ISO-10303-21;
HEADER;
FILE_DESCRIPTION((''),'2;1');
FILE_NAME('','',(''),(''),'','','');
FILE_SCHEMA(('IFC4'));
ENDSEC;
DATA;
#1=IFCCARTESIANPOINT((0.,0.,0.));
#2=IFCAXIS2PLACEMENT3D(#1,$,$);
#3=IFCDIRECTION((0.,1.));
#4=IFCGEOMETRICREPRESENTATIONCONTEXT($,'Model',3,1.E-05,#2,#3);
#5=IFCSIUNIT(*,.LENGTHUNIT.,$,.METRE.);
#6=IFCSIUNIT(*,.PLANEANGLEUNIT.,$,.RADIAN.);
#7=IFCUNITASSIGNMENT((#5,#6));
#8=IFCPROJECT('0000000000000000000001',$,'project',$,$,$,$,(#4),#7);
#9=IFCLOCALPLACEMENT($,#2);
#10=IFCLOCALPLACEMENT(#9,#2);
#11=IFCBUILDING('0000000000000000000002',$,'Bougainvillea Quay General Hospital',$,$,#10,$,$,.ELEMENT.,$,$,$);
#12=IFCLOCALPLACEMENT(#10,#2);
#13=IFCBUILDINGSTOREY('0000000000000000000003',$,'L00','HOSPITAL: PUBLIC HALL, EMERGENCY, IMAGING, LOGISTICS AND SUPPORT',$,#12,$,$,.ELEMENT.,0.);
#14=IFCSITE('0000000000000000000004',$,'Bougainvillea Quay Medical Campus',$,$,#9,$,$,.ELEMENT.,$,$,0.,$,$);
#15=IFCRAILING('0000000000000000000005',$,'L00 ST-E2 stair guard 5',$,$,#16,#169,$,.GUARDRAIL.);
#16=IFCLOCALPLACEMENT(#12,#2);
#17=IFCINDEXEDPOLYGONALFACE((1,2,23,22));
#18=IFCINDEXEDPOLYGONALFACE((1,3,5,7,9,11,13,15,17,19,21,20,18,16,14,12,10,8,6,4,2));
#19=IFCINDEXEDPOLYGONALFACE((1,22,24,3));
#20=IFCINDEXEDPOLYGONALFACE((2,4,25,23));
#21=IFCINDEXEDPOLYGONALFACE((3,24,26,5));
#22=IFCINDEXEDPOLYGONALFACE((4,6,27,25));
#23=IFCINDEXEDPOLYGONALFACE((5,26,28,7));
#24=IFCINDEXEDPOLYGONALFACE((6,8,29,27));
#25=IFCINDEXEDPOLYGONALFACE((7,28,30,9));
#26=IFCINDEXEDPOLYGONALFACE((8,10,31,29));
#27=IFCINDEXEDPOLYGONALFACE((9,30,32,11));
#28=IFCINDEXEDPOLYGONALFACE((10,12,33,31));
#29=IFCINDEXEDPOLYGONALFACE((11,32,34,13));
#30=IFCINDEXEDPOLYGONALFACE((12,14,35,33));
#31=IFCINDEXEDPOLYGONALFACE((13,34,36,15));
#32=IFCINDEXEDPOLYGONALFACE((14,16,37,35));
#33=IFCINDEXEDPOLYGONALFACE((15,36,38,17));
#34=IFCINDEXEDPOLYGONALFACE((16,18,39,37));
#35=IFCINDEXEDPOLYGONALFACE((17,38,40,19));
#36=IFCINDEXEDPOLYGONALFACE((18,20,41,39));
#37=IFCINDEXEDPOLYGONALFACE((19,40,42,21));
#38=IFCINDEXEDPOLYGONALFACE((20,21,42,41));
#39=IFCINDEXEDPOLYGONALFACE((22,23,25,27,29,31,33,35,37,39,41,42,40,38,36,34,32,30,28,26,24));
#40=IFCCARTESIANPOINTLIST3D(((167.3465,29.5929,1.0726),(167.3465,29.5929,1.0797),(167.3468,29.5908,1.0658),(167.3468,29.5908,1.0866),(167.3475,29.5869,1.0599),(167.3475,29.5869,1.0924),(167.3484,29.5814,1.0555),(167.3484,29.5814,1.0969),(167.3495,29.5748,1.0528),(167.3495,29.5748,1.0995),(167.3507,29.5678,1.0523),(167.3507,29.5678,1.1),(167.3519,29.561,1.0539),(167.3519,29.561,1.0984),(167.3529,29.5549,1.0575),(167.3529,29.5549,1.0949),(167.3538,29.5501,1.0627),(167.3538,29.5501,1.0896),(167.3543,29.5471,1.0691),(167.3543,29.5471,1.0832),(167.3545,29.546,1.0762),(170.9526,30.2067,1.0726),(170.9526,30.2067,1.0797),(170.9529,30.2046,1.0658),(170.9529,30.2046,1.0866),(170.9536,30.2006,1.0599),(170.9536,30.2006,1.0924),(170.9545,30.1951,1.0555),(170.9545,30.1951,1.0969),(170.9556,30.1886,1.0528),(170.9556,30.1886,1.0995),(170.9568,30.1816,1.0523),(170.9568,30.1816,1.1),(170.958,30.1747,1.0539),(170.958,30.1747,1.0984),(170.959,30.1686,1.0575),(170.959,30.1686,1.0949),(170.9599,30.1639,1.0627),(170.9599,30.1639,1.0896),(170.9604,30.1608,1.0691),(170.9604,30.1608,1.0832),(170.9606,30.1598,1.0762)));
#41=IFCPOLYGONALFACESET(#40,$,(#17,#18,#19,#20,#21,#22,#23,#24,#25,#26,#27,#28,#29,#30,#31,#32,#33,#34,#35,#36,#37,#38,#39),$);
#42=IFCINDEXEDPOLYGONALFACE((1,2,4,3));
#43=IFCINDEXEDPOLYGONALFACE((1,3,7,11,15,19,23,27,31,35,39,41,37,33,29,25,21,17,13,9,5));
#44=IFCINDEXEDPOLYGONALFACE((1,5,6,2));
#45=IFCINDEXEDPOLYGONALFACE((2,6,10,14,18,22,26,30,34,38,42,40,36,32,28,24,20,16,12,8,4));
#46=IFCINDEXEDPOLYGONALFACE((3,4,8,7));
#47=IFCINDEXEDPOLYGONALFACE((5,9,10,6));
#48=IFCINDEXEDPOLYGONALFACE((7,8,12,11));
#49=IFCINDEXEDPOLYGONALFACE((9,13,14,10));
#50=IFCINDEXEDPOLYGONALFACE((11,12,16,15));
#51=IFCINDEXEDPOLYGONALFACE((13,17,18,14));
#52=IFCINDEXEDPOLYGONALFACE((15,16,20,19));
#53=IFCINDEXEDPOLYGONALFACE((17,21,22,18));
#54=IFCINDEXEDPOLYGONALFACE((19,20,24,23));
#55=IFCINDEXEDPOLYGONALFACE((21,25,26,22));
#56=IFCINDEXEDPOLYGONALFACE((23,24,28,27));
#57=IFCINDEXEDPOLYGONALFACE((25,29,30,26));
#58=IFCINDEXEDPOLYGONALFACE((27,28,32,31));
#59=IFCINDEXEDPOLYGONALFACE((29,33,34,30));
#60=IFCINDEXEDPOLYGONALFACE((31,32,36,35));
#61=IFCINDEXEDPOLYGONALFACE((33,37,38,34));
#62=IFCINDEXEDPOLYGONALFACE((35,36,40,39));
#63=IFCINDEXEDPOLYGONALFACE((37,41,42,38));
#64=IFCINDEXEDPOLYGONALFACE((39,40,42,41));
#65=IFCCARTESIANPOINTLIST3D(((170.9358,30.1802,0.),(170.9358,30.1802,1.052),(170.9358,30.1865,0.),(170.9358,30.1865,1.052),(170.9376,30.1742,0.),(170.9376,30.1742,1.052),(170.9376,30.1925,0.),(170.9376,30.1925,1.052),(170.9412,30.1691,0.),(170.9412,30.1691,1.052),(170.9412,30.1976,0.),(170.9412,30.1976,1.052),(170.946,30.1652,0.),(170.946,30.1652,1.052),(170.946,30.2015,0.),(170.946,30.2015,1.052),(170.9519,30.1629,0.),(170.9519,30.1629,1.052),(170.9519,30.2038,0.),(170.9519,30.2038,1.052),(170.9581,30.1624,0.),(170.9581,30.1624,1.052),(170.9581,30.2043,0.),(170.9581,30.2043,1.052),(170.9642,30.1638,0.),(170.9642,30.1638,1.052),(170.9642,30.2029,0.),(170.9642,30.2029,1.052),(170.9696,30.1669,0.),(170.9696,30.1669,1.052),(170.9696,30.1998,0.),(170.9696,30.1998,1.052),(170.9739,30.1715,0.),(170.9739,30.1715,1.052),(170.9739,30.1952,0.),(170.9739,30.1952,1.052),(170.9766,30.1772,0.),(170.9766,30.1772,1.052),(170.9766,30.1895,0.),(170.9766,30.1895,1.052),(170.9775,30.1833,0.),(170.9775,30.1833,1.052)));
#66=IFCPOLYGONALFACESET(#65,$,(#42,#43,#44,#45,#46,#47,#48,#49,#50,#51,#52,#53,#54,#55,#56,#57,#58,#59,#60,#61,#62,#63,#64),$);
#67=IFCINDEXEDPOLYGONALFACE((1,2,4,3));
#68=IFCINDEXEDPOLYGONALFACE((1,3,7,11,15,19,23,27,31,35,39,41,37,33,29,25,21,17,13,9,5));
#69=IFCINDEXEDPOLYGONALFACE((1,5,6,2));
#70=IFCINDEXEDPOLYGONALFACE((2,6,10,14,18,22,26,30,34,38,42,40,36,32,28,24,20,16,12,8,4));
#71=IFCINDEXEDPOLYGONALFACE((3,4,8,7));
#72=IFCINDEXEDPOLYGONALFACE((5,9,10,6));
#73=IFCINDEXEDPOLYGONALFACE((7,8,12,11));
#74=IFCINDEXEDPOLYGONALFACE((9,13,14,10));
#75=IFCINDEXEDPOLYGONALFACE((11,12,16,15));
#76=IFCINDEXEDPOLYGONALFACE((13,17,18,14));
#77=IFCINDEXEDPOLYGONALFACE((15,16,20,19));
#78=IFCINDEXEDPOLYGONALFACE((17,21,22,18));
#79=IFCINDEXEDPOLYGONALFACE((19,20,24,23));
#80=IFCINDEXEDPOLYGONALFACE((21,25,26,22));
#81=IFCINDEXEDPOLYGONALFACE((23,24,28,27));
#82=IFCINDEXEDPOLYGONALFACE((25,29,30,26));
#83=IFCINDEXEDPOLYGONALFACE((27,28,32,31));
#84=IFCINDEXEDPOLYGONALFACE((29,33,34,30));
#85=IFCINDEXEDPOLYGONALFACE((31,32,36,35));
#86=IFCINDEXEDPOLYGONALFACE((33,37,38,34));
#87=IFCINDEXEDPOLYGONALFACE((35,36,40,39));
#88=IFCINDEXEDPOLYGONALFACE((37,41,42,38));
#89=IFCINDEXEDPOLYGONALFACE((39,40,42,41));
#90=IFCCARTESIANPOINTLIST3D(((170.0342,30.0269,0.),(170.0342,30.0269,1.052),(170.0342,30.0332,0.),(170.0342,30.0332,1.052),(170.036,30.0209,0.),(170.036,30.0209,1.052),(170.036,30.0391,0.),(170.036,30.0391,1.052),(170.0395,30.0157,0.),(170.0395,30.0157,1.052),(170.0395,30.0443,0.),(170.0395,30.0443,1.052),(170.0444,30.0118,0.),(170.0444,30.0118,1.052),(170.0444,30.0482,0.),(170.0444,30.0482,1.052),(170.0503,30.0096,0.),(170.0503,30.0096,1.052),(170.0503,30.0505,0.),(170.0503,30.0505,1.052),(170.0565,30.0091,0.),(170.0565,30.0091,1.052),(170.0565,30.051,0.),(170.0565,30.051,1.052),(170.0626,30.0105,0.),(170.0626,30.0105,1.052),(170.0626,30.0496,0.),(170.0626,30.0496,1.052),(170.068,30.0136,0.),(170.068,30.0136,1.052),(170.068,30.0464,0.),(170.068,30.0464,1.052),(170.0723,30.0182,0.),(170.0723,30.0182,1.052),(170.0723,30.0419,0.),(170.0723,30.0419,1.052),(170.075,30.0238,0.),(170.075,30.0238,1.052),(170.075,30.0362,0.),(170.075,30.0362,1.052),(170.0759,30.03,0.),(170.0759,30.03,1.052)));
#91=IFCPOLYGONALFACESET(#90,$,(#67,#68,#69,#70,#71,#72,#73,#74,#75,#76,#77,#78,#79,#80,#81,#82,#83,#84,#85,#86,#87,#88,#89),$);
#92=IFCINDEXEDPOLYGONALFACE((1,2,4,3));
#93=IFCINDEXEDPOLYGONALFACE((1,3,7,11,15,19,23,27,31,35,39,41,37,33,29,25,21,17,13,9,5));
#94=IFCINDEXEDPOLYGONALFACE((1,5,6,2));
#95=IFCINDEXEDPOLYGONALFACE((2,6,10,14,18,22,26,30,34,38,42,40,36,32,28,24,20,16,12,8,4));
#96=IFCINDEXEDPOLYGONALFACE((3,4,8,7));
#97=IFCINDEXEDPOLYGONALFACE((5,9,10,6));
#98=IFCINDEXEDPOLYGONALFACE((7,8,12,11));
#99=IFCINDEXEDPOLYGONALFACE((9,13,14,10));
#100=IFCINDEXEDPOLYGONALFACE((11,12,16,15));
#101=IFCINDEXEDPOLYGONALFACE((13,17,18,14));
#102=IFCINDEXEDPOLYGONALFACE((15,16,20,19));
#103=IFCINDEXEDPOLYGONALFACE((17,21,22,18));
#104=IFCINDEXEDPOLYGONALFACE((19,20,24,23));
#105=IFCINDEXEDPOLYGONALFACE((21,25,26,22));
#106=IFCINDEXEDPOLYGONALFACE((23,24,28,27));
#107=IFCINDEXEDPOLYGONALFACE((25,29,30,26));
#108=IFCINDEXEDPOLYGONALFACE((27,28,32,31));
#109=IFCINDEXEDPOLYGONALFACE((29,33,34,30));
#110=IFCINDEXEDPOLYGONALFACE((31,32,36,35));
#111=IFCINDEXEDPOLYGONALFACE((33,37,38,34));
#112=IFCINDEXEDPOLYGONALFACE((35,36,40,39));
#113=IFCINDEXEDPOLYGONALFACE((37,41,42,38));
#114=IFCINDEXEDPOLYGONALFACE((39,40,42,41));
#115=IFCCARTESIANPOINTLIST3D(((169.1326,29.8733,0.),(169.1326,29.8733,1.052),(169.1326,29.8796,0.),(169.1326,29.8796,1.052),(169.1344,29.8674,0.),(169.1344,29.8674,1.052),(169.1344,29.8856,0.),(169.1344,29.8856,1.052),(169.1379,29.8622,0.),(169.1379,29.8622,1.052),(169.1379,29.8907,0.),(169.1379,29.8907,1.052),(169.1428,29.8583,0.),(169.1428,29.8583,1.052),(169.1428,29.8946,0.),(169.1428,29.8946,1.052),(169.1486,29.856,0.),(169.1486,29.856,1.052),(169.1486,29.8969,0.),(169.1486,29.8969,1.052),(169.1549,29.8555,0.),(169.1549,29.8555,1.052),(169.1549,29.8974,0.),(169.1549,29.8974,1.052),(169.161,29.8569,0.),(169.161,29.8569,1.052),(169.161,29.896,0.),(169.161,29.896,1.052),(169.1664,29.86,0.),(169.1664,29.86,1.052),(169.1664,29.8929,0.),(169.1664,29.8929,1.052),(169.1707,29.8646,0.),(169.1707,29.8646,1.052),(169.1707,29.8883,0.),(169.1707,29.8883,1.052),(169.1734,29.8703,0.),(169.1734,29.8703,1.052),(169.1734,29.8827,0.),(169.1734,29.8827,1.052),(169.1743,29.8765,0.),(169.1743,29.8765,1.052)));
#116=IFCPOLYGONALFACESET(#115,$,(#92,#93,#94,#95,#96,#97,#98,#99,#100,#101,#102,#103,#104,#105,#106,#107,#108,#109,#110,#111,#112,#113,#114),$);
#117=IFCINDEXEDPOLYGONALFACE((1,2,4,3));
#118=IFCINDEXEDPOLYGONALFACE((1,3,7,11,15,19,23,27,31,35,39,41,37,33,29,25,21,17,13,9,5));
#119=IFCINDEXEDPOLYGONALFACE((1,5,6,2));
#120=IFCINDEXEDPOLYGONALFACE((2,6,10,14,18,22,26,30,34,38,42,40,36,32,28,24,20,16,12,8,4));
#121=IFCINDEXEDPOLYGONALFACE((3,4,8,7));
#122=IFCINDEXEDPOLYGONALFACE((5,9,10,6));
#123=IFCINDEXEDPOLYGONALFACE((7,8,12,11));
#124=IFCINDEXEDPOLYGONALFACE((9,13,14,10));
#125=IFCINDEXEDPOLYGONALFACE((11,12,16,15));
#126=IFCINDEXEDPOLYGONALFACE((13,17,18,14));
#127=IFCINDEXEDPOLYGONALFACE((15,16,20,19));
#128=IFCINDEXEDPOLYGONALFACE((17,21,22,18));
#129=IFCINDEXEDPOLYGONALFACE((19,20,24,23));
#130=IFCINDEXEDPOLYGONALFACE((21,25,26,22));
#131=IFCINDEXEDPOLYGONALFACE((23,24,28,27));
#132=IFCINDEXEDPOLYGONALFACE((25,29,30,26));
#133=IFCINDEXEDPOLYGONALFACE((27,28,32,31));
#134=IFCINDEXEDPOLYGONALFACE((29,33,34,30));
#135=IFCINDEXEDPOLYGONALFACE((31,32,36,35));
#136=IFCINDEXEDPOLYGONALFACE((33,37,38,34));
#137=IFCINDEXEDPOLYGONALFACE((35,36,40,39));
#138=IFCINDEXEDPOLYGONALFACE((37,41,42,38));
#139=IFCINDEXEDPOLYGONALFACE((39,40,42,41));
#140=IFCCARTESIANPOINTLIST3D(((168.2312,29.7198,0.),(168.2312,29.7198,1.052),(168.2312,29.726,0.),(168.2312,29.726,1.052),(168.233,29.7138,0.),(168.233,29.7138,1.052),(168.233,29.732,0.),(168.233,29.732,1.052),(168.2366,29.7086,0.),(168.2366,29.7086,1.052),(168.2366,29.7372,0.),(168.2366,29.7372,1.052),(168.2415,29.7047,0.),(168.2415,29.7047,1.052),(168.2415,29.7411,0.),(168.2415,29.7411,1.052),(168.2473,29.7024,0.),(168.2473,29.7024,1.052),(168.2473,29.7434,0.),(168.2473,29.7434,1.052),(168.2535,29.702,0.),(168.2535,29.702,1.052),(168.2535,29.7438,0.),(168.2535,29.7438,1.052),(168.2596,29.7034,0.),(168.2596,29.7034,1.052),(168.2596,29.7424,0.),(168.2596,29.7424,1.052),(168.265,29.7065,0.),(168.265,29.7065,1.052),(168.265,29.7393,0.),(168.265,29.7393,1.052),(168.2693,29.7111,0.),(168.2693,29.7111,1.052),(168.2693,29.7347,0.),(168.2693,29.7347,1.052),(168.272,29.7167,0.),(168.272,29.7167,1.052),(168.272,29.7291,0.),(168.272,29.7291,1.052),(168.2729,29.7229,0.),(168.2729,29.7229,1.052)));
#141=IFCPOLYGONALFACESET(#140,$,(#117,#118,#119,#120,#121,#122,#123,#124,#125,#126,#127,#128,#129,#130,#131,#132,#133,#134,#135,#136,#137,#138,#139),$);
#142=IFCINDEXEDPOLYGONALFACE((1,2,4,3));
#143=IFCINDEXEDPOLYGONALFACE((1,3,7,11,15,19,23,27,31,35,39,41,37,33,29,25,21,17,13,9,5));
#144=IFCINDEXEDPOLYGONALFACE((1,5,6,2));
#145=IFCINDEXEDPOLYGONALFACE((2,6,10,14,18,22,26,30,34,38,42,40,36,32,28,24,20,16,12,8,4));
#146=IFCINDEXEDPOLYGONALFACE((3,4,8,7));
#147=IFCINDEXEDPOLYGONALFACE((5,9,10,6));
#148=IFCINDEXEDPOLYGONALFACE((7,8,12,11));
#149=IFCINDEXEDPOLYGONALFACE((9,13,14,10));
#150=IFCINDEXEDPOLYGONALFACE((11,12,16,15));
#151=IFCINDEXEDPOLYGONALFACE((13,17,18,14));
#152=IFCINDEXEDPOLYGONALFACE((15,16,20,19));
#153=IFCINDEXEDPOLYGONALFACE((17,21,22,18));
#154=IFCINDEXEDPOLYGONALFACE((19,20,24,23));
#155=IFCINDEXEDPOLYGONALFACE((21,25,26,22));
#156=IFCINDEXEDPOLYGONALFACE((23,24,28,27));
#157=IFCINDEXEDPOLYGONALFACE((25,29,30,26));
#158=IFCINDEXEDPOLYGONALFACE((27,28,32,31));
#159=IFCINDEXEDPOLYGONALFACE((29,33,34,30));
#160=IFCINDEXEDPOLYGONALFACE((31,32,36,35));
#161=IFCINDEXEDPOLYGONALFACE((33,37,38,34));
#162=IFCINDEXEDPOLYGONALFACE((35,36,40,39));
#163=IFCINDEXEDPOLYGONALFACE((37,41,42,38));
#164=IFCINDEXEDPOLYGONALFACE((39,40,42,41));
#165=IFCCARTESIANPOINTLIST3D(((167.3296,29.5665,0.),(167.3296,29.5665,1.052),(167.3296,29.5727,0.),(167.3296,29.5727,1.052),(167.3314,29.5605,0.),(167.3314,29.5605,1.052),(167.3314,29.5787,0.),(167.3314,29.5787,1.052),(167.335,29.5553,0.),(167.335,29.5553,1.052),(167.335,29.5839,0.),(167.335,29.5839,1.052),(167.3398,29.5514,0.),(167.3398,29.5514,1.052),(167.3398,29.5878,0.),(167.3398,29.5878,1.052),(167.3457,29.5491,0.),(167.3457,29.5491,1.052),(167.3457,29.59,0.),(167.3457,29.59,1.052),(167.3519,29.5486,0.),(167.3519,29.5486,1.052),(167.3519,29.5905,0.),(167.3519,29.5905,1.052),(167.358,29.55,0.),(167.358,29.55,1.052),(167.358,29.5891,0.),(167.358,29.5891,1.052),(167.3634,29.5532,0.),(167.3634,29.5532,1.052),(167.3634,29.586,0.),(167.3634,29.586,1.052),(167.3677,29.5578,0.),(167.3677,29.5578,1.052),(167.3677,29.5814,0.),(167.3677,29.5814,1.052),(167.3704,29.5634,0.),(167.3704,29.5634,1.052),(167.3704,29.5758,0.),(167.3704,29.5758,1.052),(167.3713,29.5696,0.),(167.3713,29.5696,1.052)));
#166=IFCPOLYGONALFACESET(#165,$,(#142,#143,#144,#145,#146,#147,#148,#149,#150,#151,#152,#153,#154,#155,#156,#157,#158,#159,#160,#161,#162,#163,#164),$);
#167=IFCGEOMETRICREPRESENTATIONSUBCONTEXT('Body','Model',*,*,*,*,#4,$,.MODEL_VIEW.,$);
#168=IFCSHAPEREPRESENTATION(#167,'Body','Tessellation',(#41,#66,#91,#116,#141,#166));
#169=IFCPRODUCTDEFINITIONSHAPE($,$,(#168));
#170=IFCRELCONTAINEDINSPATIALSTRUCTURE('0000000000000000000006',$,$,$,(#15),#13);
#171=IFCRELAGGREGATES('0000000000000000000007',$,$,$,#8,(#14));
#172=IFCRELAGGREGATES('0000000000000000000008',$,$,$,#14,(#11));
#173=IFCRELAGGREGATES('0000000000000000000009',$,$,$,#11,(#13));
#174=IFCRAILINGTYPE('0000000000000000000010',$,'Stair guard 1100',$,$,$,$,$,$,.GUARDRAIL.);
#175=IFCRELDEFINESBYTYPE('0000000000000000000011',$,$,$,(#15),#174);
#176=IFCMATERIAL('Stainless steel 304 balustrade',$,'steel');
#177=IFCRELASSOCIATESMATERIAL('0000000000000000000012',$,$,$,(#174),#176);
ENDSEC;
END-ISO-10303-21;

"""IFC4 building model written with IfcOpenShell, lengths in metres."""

from ifc_helpers import new_model, si_unit, direction, frame, origin, origin_2d, place, context, subcontext, project, spatial, circle, extrude, material, type_object, element, save


model = new_model("IFC4")

# Units and contexts
model_context = context("Model", 3, precision=1e-05, world=origin(), true_north=direction((0.0, 1.0)))
body_context = subcontext(model_context, "Body", "Model", "MODEL_VIEW")
ifc_project = project(units=[si_unit("LENGTHUNIT", "METRE"), si_unit("PLANEANGLEUNIT", "RADIAN")], contexts=[model_context])

# Site, building, storey
site_placement = place(None, origin())
site = spatial("IfcSite", under=ifc_project, at=site_placement, Name="Bougainvillea Quay Medical Campus", CompositionType="ELEMENT", RefElevation=0.0)
building_placement = place(site_placement, origin())
building = spatial("IfcBuilding", under=site, at=building_placement, Name="Bougainvillea Quay General Hospital", CompositionType="ELEMENT")
storey_placement = place(building_placement, origin())
storey = spatial("IfcBuildingStorey", under=building, at=storey_placement, Name="L00", Description="HOSPITAL: PUBLIC HALL, EMERGENCY, IMAGING, LOGISTICS AND SUPPORT", CompositionType="ELEMENT", Elevation=0.0)

# Railing
ifc_material_1 = material(Name="Stainless steel 304 balustrade", Category="steel")
railing_type = type_object("IfcRailingType", Name="Stair guard 1100", PredefinedType="GUARDRAIL", material=ifc_material_1)
railing_1_placement = place(storey_placement, frame((170.9565, 30.1833, 0.0)))
element("IfcRailing", 1, at=railing_1_placement, inside=storey, type_object=railing_type, Name="L00 ST-E2 stair guard 5", PredefinedType="GUARDRAIL", context=body_context, shape_type="SweptSolid", body=[
    extrude(circle(Radius=0.0239, at=origin_2d()), frame((0.0, 0.0, 1.0762), z_axis=(-0.985824, -0.167786, 0.0), x_axis=(0.167786, -0.985824, 0.0)), (0.0, 0.0, 1.0), 3.658),
    extrude(circle(Radius=0.021, at=origin_2d()), origin(), (0.0, 0.0, 1.0), 1.052),
    extrude(circle(Radius=0.021, at=origin_2d()), frame((-0.9016, -0.1533, 0.0)), (0.0, 0.0, 1.0), 1.052),
    extrude(circle(Radius=0.021, at=origin_2d()), frame((-1.8032, -0.3069, 0.0)), (0.0, 0.0, 1.0), 1.052),
    extrude(circle(Radius=0.021, at=origin_2d()), frame((-2.7046, -0.4604, 0.0)), (0.0, 0.0, 1.0), 1.052),
    extrude(circle(Radius=0.021, at=origin_2d()), frame((-3.6062, -0.6138, 0.0)), (0.0, 0.0, 1.0), 1.052),
])

save(model, "model.ifc")
